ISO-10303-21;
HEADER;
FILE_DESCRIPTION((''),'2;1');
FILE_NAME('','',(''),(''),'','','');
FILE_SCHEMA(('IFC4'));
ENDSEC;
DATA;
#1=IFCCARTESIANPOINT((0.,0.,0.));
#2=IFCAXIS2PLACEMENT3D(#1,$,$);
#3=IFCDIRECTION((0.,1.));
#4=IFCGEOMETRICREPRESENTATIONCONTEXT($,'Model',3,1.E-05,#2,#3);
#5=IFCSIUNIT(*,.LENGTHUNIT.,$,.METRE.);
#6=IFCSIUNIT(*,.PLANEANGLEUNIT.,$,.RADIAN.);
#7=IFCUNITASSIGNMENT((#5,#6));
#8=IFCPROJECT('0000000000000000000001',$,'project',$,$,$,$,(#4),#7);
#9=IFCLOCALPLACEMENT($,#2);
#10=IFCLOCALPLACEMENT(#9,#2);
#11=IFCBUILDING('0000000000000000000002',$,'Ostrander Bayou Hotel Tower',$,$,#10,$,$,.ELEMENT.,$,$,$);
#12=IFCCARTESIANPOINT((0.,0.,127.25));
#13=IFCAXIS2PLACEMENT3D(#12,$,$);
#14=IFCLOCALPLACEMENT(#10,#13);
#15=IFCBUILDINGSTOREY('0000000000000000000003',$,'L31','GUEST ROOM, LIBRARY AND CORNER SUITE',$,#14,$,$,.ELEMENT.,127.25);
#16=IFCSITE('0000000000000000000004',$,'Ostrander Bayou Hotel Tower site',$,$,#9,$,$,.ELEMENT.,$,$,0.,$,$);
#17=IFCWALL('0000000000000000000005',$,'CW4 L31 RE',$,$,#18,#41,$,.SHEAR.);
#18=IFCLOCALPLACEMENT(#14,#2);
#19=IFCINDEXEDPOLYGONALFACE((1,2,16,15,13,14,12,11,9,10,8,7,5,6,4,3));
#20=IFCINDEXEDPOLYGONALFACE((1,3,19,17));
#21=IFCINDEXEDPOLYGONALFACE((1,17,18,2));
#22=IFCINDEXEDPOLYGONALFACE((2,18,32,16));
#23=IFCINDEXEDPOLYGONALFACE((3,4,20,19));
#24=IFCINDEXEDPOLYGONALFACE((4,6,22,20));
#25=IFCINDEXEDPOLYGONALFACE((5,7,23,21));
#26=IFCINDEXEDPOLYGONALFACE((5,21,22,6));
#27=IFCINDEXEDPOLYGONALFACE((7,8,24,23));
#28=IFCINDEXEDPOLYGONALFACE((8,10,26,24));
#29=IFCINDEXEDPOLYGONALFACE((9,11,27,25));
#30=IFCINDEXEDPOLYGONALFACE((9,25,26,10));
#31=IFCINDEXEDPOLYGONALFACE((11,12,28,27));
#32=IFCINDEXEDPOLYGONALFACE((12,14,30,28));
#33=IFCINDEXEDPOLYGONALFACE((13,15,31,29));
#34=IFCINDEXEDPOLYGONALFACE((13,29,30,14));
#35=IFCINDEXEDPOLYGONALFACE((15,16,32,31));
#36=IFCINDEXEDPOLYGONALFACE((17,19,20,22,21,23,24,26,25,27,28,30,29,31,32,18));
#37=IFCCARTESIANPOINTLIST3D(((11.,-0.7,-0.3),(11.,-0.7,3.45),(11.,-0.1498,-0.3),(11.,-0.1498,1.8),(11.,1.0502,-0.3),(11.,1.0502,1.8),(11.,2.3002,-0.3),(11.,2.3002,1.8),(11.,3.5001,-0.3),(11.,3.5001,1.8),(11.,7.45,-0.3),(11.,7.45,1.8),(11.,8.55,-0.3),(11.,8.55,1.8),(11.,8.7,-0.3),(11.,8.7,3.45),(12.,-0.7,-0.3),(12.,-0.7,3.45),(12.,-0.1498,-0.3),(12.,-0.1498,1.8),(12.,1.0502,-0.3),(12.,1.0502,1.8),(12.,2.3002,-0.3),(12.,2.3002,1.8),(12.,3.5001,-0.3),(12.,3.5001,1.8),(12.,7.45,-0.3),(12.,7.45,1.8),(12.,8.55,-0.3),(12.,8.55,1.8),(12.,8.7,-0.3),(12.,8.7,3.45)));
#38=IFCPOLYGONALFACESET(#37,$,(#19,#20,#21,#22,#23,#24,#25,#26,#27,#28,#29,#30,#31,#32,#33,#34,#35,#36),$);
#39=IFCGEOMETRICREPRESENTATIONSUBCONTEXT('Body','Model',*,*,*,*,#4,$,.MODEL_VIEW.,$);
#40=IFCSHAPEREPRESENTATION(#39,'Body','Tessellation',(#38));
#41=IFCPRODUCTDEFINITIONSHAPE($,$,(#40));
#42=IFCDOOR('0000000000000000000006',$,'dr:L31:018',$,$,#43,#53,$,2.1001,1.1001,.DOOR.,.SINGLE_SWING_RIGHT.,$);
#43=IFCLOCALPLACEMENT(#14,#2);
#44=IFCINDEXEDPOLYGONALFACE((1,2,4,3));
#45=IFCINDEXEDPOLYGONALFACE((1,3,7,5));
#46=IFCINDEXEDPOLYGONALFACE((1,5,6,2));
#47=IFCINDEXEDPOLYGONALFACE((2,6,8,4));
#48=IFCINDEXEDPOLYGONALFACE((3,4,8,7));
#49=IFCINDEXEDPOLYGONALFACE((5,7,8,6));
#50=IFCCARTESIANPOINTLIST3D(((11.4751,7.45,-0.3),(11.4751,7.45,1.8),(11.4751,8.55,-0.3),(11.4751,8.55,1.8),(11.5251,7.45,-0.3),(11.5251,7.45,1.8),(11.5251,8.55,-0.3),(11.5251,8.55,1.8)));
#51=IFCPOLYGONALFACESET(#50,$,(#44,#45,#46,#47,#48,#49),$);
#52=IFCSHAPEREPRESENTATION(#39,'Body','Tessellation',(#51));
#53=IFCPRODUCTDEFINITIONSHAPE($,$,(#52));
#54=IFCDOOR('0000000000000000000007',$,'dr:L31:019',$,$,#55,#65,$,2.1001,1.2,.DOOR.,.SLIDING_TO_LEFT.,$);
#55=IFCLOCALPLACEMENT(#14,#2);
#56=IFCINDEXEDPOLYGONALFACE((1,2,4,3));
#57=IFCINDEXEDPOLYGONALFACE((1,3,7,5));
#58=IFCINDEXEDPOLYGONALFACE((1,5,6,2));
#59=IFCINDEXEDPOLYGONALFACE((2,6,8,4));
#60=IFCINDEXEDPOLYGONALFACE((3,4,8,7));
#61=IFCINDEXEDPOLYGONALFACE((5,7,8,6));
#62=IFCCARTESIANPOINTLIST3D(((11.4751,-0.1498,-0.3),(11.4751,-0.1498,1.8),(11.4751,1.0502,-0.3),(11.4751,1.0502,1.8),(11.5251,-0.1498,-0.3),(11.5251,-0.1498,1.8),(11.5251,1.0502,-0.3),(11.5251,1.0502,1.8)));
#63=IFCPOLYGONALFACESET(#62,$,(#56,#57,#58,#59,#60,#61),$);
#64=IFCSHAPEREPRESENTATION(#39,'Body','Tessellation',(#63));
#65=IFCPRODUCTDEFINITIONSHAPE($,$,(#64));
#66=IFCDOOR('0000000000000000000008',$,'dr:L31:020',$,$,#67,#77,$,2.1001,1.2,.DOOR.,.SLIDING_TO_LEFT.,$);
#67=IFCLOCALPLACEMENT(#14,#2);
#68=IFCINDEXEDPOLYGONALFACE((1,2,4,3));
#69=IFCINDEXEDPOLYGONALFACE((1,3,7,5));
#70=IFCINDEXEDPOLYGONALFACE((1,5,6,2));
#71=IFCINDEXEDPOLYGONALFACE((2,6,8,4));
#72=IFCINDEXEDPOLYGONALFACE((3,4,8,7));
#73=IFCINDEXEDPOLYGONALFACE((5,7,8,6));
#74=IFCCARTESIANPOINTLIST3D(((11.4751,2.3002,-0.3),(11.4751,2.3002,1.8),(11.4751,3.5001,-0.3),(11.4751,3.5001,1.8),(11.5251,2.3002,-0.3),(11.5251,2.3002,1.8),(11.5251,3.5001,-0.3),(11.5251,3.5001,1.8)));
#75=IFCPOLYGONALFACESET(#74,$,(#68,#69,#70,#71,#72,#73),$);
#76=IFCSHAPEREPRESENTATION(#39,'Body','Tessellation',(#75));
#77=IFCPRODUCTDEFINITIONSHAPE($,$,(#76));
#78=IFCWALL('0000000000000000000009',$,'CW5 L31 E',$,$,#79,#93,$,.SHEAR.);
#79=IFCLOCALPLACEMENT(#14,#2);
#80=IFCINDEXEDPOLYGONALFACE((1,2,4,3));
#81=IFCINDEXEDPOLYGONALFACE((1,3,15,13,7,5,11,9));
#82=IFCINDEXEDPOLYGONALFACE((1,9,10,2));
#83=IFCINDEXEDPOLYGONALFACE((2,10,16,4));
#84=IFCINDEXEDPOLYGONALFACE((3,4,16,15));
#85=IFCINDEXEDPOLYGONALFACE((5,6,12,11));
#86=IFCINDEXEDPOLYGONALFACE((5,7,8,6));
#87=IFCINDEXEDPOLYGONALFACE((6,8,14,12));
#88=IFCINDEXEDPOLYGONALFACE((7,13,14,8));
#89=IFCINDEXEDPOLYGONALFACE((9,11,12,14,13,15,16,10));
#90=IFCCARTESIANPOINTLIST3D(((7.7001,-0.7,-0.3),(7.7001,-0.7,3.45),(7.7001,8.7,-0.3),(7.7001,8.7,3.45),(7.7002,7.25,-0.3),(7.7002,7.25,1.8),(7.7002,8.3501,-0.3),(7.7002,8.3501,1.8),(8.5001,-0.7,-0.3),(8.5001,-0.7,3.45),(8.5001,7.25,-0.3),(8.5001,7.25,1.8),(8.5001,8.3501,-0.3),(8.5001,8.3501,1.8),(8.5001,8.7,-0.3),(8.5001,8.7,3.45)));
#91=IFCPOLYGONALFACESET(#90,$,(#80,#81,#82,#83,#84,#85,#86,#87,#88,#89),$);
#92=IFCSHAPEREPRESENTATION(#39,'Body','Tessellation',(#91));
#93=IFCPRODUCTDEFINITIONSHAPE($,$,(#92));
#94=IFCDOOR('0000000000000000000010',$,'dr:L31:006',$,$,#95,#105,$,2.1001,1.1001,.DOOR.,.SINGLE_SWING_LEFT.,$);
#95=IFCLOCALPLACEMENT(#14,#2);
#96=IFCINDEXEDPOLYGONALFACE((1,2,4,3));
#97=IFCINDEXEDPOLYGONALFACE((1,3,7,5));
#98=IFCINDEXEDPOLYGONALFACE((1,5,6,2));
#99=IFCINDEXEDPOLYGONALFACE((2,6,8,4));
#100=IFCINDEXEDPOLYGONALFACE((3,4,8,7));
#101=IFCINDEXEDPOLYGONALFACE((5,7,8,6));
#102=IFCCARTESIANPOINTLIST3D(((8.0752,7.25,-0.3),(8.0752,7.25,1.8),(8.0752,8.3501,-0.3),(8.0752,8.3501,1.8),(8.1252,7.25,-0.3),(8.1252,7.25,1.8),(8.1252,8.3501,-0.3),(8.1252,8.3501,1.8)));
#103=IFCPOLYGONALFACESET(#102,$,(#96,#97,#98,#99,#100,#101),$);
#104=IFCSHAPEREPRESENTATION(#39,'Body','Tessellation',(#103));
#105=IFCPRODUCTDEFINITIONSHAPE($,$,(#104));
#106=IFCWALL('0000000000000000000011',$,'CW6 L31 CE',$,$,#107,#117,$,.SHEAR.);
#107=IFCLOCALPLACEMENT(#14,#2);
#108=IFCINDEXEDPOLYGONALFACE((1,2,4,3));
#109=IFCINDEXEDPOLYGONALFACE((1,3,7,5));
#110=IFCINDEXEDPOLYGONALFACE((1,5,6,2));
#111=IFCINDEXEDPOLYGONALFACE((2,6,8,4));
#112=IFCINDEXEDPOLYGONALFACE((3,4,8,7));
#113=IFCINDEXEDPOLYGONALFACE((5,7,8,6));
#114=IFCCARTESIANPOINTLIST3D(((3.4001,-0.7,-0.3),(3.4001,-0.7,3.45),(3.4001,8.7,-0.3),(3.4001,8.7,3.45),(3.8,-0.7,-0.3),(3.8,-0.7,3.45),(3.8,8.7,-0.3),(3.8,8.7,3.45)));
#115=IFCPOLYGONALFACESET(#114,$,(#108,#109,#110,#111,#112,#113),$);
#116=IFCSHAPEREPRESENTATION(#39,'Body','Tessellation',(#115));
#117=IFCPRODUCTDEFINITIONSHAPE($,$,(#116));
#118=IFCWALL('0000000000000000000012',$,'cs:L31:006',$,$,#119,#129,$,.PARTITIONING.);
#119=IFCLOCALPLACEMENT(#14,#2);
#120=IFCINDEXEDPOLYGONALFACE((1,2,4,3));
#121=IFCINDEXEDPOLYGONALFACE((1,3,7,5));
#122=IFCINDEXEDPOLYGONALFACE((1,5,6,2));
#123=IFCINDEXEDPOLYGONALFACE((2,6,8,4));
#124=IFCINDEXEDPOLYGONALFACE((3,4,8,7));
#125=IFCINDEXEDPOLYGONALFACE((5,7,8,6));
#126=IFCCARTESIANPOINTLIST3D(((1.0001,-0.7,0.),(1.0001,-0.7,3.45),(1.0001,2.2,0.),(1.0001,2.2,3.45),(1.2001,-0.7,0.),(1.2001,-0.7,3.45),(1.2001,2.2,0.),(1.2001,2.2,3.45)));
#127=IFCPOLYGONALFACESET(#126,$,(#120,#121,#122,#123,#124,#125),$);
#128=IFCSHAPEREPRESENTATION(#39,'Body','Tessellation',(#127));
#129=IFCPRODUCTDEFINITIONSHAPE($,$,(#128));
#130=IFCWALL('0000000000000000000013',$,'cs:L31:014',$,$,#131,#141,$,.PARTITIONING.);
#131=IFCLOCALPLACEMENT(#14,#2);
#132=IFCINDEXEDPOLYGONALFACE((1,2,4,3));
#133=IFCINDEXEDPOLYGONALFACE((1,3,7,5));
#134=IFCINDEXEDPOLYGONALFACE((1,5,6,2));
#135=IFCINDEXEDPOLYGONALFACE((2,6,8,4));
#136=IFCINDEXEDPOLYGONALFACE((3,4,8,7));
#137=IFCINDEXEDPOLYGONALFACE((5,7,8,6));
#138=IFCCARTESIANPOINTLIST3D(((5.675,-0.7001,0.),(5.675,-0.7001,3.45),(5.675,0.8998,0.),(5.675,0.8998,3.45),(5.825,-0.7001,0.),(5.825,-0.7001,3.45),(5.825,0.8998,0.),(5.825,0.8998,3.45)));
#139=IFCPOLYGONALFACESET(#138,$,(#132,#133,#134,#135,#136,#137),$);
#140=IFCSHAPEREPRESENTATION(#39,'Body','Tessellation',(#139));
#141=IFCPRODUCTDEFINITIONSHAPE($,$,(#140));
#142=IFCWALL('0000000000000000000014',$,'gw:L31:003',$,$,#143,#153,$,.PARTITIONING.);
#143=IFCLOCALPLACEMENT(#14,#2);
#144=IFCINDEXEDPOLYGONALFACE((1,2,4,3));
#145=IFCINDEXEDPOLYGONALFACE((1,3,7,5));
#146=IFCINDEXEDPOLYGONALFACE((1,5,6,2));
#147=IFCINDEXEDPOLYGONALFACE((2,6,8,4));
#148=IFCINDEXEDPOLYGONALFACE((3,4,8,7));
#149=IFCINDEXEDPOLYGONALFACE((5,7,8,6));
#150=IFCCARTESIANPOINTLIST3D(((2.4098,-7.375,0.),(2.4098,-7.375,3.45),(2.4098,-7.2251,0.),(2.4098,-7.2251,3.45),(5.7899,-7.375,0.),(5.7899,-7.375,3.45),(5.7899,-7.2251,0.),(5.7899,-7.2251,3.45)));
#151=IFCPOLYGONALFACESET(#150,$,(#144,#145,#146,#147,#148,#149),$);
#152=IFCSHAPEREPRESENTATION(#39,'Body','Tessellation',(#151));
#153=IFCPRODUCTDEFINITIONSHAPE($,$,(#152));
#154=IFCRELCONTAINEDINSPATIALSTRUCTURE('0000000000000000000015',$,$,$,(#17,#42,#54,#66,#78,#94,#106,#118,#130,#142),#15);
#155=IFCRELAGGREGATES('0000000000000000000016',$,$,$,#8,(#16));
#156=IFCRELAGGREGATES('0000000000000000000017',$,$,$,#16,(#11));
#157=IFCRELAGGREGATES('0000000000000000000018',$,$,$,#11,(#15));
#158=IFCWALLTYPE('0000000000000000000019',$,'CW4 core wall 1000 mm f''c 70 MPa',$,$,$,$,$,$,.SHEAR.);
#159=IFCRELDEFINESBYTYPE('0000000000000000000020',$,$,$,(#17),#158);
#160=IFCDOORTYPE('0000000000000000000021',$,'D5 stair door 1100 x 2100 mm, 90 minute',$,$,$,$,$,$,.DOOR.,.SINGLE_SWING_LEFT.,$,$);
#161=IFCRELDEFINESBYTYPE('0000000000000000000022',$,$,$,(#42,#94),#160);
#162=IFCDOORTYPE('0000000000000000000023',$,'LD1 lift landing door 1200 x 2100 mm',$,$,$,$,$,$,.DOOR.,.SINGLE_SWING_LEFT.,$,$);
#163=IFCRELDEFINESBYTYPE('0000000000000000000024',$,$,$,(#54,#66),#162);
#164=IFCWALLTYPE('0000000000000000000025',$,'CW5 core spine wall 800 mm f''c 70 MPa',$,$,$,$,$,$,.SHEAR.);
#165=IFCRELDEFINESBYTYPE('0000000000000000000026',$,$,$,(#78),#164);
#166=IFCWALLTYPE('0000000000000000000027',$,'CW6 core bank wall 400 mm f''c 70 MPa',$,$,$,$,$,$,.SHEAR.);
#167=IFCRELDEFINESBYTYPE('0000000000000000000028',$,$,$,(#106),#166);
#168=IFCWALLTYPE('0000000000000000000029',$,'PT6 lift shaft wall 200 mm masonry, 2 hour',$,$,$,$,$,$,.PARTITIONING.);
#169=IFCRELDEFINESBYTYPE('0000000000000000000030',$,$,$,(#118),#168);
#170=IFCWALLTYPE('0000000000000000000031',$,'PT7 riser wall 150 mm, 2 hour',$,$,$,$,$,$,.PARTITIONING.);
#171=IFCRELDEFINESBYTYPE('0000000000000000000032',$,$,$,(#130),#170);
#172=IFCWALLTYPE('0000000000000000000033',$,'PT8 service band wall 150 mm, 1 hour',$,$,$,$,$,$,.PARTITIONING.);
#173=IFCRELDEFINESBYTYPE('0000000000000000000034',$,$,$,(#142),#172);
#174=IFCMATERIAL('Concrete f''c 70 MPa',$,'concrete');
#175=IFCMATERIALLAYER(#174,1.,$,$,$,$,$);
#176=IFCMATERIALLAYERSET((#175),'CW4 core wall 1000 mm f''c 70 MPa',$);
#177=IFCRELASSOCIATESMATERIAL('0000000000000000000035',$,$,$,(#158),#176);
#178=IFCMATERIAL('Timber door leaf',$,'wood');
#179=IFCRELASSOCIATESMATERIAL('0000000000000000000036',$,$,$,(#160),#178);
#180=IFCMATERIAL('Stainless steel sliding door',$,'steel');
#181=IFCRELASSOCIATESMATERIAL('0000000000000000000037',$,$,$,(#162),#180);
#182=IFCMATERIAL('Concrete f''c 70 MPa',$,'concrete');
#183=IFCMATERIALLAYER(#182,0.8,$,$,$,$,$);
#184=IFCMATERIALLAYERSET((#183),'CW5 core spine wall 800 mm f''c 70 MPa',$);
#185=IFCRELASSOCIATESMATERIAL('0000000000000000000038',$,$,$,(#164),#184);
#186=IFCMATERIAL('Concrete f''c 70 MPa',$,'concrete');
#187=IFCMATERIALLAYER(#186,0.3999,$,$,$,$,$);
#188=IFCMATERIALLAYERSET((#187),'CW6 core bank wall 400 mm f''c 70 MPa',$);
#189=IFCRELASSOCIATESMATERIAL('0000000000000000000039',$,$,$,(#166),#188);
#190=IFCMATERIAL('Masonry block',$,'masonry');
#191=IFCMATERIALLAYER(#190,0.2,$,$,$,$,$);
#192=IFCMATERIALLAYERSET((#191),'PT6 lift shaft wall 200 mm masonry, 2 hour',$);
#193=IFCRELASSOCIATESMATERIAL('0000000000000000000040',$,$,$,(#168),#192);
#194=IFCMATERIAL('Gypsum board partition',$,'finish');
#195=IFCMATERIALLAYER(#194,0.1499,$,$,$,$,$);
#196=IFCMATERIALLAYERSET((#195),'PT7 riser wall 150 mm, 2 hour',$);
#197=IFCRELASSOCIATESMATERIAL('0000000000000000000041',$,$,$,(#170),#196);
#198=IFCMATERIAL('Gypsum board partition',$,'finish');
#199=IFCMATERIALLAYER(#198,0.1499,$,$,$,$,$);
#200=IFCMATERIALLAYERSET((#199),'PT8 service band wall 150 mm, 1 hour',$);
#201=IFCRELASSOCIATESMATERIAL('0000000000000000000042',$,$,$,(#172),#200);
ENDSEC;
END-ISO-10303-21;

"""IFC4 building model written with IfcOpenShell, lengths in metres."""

from ifc_helpers import new_model, si_unit, direction, frame, frame_2d, origin, place, context, subcontext, project, spatial, rectangle, extrude, material, layer, layer_set, type_object, element, fill, save


model = new_model("IFC4")

# Units and contexts
model_context = context("Model", 3, precision=1e-05, world=origin(), true_north=direction((0.0, 1.0)))
body_context = subcontext(model_context, "Body", "Model", "MODEL_VIEW")
ifc_project = project(units=[si_unit("LENGTHUNIT", "METRE"), si_unit("PLANEANGLEUNIT", "RADIAN")], contexts=[model_context])

# Site, building, storey
site_placement = place(None, origin())
site = spatial("IfcSite", under=ifc_project, at=site_placement, Name="Ostrander Bayou Hotel Tower site", CompositionType="ELEMENT", RefElevation=0.0)
building_placement = place(site_placement, origin())
building = spatial("IfcBuilding", under=site, at=building_placement, Name="Ostrander Bayou Hotel Tower", CompositionType="ELEMENT")
storey_placement = place(building_placement, frame((0.0, 0.0, 127.25)))
storey = spatial("IfcBuildingStorey", under=building, at=storey_placement, Name="L31", Description="GUEST ROOM, LIBRARY AND CORNER SUITE", CompositionType="ELEMENT", Elevation=127.25)

# Wall, openings, doors
ifc_material_1 = material(Name="Concrete f'c 70 MPa", Category="concrete")
ifc_layer_1 = layer(ifc_material_1, 1.0)
ifc_layer_set_1 = layer_set([ifc_layer_1], Name="CW4 core wall 1000 mm f'c 70 MPa")
wall_type_1 = type_object("IfcWallType", Name="CW4 core wall 1000 mm f'c 70 MPa", PredefinedType="SHEAR", material=ifc_layer_set_1)
wall_1_placement = place(storey_placement, frame((11.5, -0.7, -0.3), z_axis=(0.0, 0.0, 1.0), x_axis=(0.0, 1.0, 0.0)))
wall_1 = element("IfcWall", 1, at=wall_1_placement, inside=storey, type_object=wall_type_1, Name="CW4 L31 RE", PredefinedType="SHEAR", context=body_context, shape_type="SweptSolid", body=[
    extrude(rectangle(XDim=9.3999, YDim=1.0, at=frame_2d((4.7, 0.0))), origin(), (0.0, 0.0, 1.0), 3.75),
])
opening_1_placement = place(wall_1_placement, frame((8.1499, 0.0, 0.0)))
opening_1 = element("IfcOpeningElement", 2, at=opening_1_placement, cuts=wall_1, PredefinedType="OPENING", context=body_context, shape_type="SweptSolid", body=[
    extrude(rectangle(XDim=1.1001, YDim=2.1001, at=frame_2d((0.55, 1.05))), frame((0.0, 0.5, 0.0), z_axis=(0.0, -1.0, 0.0), x_axis=(1.0, 0.0, 0.0)), (0.0, 0.0, 1.0), 1.0),
])
opening_2_placement = place(wall_1_placement, frame((0.55, 0.0, 0.0)))
opening_2 = element("IfcOpeningElement", 3, at=opening_2_placement, cuts=wall_1, PredefinedType="OPENING", context=body_context, shape_type="SweptSolid", body=[
    extrude(rectangle(XDim=1.2, YDim=2.1001, at=frame_2d((0.6001, 1.05))), frame((0.0, 0.5, 0.0), z_axis=(0.0, -1.0, 0.0), x_axis=(1.0, 0.0, 0.0)), (0.0, 0.0, 1.0), 1.0),
])
opening_3_placement = place(wall_1_placement, frame((3.0, 0.0, 0.0)))
opening_3 = element("IfcOpeningElement", 4, at=opening_3_placement, cuts=wall_1, PredefinedType="OPENING", context=body_context, shape_type="SweptSolid", body=[
    extrude(rectangle(XDim=1.2, YDim=2.1001, at=frame_2d((0.6001, 1.05))), frame((0.0, 0.5, 0.0), z_axis=(0.0, -1.0, 0.0), x_axis=(1.0, 0.0, 0.0)), (0.0, 0.0, 1.0), 1.0),
])
ifc_material_2 = material(Name="Timber door leaf", Category="wood")
door_type_1 = type_object("IfcDoorType", Name="D5 stair door 1100 x 2100 mm, 90 minute", OperationType="SINGLE_SWING_LEFT", PredefinedType="DOOR", material=ifc_material_2)
door_1_placement = place(opening_1_placement, origin())
door_1 = element("IfcDoor", 5, at=door_1_placement, inside=storey, type_object=door_type_1, Name="dr:L31:018", OperationType="SINGLE_SWING_RIGHT", OverallHeight=2.1001, OverallWidth=1.1001, PredefinedType="DOOR", context=body_context, shape_type="SweptSolid", body=[
    extrude(rectangle(XDim=1.1001, YDim=2.1001, at=frame_2d((0.55, 1.05))), frame((0.0, 0.0249, 0.0), z_axis=(0.0, -1.0, 0.0), x_axis=(1.0, 0.0, 0.0)), (0.0, 0.0, 1.0), 0.05),
])
fill(opening_1, door_1)
ifc_material_3 = material(Name="Stainless steel sliding door", Category="steel")
door_type_2 = type_object("IfcDoorType", Name="LD1 lift landing door 1200 x 2100 mm", OperationType="SINGLE_SWING_LEFT", PredefinedType="DOOR", material=ifc_material_3)
door_2_placement = place(opening_2_placement, origin())
door_2 = element("IfcDoor", 6, at=door_2_placement, inside=storey, type_object=door_type_2, Name="dr:L31:019", OperationType="SLIDING_TO_LEFT", OverallHeight=2.1001, OverallWidth=1.2, PredefinedType="DOOR", context=body_context, shape_type="SweptSolid", body=[
    extrude(rectangle(XDim=1.2, YDim=2.1001, at=frame_2d((0.6001, 1.05))), frame((0.0, 0.0249, 0.0), z_axis=(0.0, -1.0, 0.0), x_axis=(1.0, 0.0, 0.0)), (0.0, 0.0, 1.0), 0.05),
])
fill(opening_2, door_2)
door_3_placement = place(opening_3_placement, origin())
door_3 = element("IfcDoor", 7, at=door_3_placement, inside=storey, type_object=door_type_2, Name="dr:L31:020", OperationType="SLIDING_TO_LEFT", OverallHeight=2.1001, OverallWidth=1.2, PredefinedType="DOOR", context=body_context, shape_type="SweptSolid", body=[
    extrude(rectangle(XDim=1.2, YDim=2.1001, at=frame_2d((0.6001, 1.05))), frame((0.0, 0.0249, 0.0), z_axis=(0.0, -1.0, 0.0), x_axis=(1.0, 0.0, 0.0)), (0.0, 0.0, 1.0), 0.05),
])
fill(opening_3, door_3)

# Wall, opening, door
ifc_material_4 = material(Name="Concrete f'c 70 MPa", Category="concrete")
ifc_layer_2 = layer(ifc_material_4, 0.8)
ifc_layer_set_2 = layer_set([ifc_layer_2], Name="CW5 core spine wall 800 mm f'c 70 MPa")
wall_type_2 = type_object("IfcWallType", Name="CW5 core spine wall 800 mm f'c 70 MPa", PredefinedType="SHEAR", material=ifc_layer_set_2)
wall_2_placement = place(storey_placement, frame((8.1001, -0.7, -0.3), z_axis=(0.0, 0.0, 1.0), x_axis=(0.0, 1.0, 0.0)))
wall_2 = element("IfcWall", 8, at=wall_2_placement, inside=storey, type_object=wall_type_2, Name="CW5 L31 E", PredefinedType="SHEAR", context=body_context, shape_type="SweptSolid", body=[
    extrude(rectangle(XDim=9.3999, YDim=0.8, at=frame_2d((4.7, 0.0))), origin(), (0.0, 0.0, 1.0), 3.75),
])
opening_4_placement = place(wall_2_placement, frame((7.95, 0.0, 0.0)))
opening_4 = element("IfcOpeningElement", 9, at=opening_4_placement, cuts=wall_2, PredefinedType="OPENING", context=body_context, shape_type="SweptSolid", body=[
    extrude(rectangle(XDim=1.1001, YDim=2.1001, at=frame_2d((0.55, 1.05))), frame((0.0, 0.3999, 0.0), z_axis=(0.0, -1.0, 0.0), x_axis=(1.0, 0.0, 0.0)), (0.0, 0.0, 1.0), 0.8),
])
door_4_placement = place(opening_4_placement, origin())
door_4 = element("IfcDoor", 10, at=door_4_placement, inside=storey, type_object=door_type_1, Name="dr:L31:006", OperationType="SINGLE_SWING_LEFT", OverallHeight=2.1001, OverallWidth=1.1001, PredefinedType="DOOR", context=body_context, shape_type="SweptSolid", body=[
    extrude(rectangle(XDim=1.1001, YDim=2.1001, at=frame_2d((0.55, 1.05))), frame((0.0, 0.0249, 0.0), z_axis=(0.0, -1.0, 0.0), x_axis=(1.0, 0.0, 0.0)), (0.0, 0.0, 1.0), 0.05),
])
fill(opening_4, door_4)

# Walls
ifc_material_5 = material(Name="Concrete f'c 70 MPa", Category="concrete")
ifc_layer_3 = layer(ifc_material_5, 0.3999)
ifc_layer_set_3 = layer_set([ifc_layer_3], Name="CW6 core bank wall 400 mm f'c 70 MPa")
wall_type_3 = type_object("IfcWallType", Name="CW6 core bank wall 400 mm f'c 70 MPa", PredefinedType="SHEAR", material=ifc_layer_set_3)
wall_3_placement = place(storey_placement, frame((3.6001, -0.7, -0.3), z_axis=(0.0, 0.0, 1.0), x_axis=(0.0, 1.0, 0.0)))
element("IfcWall", 11, at=wall_3_placement, inside=storey, type_object=wall_type_3, Name="CW6 L31 CE", PredefinedType="SHEAR", context=body_context, shape_type="SweptSolid", body=[
    extrude(rectangle(XDim=9.3999, YDim=0.3999, at=frame_2d((4.7, 0.0))), origin(), (0.0, 0.0, 1.0), 3.75),
])
ifc_material_6 = material(Name="Masonry block", Category="masonry")
ifc_layer_4 = layer(ifc_material_6, 0.2)
ifc_layer_set_4 = layer_set([ifc_layer_4], Name="PT6 lift shaft wall 200 mm masonry, 2 hour")
wall_type_4 = type_object("IfcWallType", Name="PT6 lift shaft wall 200 mm masonry, 2 hour", PredefinedType="PARTITIONING", material=ifc_layer_set_4)
wall_4_placement = place(storey_placement, frame((1.1001, -0.7, 0.0), z_axis=(0.0, 0.0, 1.0), x_axis=(0.0, 1.0, 0.0)))
element("IfcWall", 12, at=wall_4_placement, inside=storey, type_object=wall_type_4, Name="cs:L31:006", PredefinedType="PARTITIONING", context=body_context, shape_type="SweptSolid", body=[
    extrude(rectangle(XDim=2.8999, YDim=0.2, at=frame_2d((1.45, 0.0))), origin(), (0.0, 0.0, 1.0), 3.45),
])
ifc_material_7 = material(Name="Gypsum board partition", Category="finish")
ifc_layer_5 = layer(ifc_material_7, 0.1499)
ifc_layer_set_5 = layer_set([ifc_layer_5], Name="PT7 riser wall 150 mm, 2 hour")
wall_type_5 = type_object("IfcWallType", Name="PT7 riser wall 150 mm, 2 hour", PredefinedType="PARTITIONING", material=ifc_layer_set_5)
wall_5_placement = place(storey_placement, frame((5.75, -0.7, 0.0), z_axis=(0.0, 0.0, 1.0), x_axis=(0.0, 1.0, 0.0)))
element("IfcWall", 13, at=wall_5_placement, inside=storey, type_object=wall_type_5, Name="cs:L31:014", PredefinedType="PARTITIONING", context=body_context, shape_type="SweptSolid", body=[
    extrude(rectangle(XDim=1.5999, YDim=0.1499, at=frame_2d((0.7998, 0.0))), origin(), (0.0, 0.0, 1.0), 3.45),
])
ifc_material_8 = material(Name="Gypsum board partition", Category="finish")
ifc_layer_6 = layer(ifc_material_8, 0.1499)
ifc_layer_set_6 = layer_set([ifc_layer_6], Name="PT8 service band wall 150 mm, 1 hour")
wall_type_6 = type_object("IfcWallType", Name="PT8 service band wall 150 mm, 1 hour", PredefinedType="PARTITIONING", material=ifc_layer_set_6)
wall_6_placement = place(storey_placement, frame((2.4099, -7.3, 0.0), z_axis=(0.0, 0.0, 1.0), x_axis=(1.0, 0.0, 0.0)))
element("IfcWall", 14, at=wall_6_placement, inside=storey, type_object=wall_type_6, Name="gw:L31:003", PredefinedType="PARTITIONING", context=body_context, shape_type="SweptSolid", body=[
    extrude(rectangle(XDim=3.3801, YDim=0.1499, at=frame_2d((1.6899, 0.0))), origin(), (0.0, 0.0, 1.0), 3.45),
])

save(model, "model.ifc")
